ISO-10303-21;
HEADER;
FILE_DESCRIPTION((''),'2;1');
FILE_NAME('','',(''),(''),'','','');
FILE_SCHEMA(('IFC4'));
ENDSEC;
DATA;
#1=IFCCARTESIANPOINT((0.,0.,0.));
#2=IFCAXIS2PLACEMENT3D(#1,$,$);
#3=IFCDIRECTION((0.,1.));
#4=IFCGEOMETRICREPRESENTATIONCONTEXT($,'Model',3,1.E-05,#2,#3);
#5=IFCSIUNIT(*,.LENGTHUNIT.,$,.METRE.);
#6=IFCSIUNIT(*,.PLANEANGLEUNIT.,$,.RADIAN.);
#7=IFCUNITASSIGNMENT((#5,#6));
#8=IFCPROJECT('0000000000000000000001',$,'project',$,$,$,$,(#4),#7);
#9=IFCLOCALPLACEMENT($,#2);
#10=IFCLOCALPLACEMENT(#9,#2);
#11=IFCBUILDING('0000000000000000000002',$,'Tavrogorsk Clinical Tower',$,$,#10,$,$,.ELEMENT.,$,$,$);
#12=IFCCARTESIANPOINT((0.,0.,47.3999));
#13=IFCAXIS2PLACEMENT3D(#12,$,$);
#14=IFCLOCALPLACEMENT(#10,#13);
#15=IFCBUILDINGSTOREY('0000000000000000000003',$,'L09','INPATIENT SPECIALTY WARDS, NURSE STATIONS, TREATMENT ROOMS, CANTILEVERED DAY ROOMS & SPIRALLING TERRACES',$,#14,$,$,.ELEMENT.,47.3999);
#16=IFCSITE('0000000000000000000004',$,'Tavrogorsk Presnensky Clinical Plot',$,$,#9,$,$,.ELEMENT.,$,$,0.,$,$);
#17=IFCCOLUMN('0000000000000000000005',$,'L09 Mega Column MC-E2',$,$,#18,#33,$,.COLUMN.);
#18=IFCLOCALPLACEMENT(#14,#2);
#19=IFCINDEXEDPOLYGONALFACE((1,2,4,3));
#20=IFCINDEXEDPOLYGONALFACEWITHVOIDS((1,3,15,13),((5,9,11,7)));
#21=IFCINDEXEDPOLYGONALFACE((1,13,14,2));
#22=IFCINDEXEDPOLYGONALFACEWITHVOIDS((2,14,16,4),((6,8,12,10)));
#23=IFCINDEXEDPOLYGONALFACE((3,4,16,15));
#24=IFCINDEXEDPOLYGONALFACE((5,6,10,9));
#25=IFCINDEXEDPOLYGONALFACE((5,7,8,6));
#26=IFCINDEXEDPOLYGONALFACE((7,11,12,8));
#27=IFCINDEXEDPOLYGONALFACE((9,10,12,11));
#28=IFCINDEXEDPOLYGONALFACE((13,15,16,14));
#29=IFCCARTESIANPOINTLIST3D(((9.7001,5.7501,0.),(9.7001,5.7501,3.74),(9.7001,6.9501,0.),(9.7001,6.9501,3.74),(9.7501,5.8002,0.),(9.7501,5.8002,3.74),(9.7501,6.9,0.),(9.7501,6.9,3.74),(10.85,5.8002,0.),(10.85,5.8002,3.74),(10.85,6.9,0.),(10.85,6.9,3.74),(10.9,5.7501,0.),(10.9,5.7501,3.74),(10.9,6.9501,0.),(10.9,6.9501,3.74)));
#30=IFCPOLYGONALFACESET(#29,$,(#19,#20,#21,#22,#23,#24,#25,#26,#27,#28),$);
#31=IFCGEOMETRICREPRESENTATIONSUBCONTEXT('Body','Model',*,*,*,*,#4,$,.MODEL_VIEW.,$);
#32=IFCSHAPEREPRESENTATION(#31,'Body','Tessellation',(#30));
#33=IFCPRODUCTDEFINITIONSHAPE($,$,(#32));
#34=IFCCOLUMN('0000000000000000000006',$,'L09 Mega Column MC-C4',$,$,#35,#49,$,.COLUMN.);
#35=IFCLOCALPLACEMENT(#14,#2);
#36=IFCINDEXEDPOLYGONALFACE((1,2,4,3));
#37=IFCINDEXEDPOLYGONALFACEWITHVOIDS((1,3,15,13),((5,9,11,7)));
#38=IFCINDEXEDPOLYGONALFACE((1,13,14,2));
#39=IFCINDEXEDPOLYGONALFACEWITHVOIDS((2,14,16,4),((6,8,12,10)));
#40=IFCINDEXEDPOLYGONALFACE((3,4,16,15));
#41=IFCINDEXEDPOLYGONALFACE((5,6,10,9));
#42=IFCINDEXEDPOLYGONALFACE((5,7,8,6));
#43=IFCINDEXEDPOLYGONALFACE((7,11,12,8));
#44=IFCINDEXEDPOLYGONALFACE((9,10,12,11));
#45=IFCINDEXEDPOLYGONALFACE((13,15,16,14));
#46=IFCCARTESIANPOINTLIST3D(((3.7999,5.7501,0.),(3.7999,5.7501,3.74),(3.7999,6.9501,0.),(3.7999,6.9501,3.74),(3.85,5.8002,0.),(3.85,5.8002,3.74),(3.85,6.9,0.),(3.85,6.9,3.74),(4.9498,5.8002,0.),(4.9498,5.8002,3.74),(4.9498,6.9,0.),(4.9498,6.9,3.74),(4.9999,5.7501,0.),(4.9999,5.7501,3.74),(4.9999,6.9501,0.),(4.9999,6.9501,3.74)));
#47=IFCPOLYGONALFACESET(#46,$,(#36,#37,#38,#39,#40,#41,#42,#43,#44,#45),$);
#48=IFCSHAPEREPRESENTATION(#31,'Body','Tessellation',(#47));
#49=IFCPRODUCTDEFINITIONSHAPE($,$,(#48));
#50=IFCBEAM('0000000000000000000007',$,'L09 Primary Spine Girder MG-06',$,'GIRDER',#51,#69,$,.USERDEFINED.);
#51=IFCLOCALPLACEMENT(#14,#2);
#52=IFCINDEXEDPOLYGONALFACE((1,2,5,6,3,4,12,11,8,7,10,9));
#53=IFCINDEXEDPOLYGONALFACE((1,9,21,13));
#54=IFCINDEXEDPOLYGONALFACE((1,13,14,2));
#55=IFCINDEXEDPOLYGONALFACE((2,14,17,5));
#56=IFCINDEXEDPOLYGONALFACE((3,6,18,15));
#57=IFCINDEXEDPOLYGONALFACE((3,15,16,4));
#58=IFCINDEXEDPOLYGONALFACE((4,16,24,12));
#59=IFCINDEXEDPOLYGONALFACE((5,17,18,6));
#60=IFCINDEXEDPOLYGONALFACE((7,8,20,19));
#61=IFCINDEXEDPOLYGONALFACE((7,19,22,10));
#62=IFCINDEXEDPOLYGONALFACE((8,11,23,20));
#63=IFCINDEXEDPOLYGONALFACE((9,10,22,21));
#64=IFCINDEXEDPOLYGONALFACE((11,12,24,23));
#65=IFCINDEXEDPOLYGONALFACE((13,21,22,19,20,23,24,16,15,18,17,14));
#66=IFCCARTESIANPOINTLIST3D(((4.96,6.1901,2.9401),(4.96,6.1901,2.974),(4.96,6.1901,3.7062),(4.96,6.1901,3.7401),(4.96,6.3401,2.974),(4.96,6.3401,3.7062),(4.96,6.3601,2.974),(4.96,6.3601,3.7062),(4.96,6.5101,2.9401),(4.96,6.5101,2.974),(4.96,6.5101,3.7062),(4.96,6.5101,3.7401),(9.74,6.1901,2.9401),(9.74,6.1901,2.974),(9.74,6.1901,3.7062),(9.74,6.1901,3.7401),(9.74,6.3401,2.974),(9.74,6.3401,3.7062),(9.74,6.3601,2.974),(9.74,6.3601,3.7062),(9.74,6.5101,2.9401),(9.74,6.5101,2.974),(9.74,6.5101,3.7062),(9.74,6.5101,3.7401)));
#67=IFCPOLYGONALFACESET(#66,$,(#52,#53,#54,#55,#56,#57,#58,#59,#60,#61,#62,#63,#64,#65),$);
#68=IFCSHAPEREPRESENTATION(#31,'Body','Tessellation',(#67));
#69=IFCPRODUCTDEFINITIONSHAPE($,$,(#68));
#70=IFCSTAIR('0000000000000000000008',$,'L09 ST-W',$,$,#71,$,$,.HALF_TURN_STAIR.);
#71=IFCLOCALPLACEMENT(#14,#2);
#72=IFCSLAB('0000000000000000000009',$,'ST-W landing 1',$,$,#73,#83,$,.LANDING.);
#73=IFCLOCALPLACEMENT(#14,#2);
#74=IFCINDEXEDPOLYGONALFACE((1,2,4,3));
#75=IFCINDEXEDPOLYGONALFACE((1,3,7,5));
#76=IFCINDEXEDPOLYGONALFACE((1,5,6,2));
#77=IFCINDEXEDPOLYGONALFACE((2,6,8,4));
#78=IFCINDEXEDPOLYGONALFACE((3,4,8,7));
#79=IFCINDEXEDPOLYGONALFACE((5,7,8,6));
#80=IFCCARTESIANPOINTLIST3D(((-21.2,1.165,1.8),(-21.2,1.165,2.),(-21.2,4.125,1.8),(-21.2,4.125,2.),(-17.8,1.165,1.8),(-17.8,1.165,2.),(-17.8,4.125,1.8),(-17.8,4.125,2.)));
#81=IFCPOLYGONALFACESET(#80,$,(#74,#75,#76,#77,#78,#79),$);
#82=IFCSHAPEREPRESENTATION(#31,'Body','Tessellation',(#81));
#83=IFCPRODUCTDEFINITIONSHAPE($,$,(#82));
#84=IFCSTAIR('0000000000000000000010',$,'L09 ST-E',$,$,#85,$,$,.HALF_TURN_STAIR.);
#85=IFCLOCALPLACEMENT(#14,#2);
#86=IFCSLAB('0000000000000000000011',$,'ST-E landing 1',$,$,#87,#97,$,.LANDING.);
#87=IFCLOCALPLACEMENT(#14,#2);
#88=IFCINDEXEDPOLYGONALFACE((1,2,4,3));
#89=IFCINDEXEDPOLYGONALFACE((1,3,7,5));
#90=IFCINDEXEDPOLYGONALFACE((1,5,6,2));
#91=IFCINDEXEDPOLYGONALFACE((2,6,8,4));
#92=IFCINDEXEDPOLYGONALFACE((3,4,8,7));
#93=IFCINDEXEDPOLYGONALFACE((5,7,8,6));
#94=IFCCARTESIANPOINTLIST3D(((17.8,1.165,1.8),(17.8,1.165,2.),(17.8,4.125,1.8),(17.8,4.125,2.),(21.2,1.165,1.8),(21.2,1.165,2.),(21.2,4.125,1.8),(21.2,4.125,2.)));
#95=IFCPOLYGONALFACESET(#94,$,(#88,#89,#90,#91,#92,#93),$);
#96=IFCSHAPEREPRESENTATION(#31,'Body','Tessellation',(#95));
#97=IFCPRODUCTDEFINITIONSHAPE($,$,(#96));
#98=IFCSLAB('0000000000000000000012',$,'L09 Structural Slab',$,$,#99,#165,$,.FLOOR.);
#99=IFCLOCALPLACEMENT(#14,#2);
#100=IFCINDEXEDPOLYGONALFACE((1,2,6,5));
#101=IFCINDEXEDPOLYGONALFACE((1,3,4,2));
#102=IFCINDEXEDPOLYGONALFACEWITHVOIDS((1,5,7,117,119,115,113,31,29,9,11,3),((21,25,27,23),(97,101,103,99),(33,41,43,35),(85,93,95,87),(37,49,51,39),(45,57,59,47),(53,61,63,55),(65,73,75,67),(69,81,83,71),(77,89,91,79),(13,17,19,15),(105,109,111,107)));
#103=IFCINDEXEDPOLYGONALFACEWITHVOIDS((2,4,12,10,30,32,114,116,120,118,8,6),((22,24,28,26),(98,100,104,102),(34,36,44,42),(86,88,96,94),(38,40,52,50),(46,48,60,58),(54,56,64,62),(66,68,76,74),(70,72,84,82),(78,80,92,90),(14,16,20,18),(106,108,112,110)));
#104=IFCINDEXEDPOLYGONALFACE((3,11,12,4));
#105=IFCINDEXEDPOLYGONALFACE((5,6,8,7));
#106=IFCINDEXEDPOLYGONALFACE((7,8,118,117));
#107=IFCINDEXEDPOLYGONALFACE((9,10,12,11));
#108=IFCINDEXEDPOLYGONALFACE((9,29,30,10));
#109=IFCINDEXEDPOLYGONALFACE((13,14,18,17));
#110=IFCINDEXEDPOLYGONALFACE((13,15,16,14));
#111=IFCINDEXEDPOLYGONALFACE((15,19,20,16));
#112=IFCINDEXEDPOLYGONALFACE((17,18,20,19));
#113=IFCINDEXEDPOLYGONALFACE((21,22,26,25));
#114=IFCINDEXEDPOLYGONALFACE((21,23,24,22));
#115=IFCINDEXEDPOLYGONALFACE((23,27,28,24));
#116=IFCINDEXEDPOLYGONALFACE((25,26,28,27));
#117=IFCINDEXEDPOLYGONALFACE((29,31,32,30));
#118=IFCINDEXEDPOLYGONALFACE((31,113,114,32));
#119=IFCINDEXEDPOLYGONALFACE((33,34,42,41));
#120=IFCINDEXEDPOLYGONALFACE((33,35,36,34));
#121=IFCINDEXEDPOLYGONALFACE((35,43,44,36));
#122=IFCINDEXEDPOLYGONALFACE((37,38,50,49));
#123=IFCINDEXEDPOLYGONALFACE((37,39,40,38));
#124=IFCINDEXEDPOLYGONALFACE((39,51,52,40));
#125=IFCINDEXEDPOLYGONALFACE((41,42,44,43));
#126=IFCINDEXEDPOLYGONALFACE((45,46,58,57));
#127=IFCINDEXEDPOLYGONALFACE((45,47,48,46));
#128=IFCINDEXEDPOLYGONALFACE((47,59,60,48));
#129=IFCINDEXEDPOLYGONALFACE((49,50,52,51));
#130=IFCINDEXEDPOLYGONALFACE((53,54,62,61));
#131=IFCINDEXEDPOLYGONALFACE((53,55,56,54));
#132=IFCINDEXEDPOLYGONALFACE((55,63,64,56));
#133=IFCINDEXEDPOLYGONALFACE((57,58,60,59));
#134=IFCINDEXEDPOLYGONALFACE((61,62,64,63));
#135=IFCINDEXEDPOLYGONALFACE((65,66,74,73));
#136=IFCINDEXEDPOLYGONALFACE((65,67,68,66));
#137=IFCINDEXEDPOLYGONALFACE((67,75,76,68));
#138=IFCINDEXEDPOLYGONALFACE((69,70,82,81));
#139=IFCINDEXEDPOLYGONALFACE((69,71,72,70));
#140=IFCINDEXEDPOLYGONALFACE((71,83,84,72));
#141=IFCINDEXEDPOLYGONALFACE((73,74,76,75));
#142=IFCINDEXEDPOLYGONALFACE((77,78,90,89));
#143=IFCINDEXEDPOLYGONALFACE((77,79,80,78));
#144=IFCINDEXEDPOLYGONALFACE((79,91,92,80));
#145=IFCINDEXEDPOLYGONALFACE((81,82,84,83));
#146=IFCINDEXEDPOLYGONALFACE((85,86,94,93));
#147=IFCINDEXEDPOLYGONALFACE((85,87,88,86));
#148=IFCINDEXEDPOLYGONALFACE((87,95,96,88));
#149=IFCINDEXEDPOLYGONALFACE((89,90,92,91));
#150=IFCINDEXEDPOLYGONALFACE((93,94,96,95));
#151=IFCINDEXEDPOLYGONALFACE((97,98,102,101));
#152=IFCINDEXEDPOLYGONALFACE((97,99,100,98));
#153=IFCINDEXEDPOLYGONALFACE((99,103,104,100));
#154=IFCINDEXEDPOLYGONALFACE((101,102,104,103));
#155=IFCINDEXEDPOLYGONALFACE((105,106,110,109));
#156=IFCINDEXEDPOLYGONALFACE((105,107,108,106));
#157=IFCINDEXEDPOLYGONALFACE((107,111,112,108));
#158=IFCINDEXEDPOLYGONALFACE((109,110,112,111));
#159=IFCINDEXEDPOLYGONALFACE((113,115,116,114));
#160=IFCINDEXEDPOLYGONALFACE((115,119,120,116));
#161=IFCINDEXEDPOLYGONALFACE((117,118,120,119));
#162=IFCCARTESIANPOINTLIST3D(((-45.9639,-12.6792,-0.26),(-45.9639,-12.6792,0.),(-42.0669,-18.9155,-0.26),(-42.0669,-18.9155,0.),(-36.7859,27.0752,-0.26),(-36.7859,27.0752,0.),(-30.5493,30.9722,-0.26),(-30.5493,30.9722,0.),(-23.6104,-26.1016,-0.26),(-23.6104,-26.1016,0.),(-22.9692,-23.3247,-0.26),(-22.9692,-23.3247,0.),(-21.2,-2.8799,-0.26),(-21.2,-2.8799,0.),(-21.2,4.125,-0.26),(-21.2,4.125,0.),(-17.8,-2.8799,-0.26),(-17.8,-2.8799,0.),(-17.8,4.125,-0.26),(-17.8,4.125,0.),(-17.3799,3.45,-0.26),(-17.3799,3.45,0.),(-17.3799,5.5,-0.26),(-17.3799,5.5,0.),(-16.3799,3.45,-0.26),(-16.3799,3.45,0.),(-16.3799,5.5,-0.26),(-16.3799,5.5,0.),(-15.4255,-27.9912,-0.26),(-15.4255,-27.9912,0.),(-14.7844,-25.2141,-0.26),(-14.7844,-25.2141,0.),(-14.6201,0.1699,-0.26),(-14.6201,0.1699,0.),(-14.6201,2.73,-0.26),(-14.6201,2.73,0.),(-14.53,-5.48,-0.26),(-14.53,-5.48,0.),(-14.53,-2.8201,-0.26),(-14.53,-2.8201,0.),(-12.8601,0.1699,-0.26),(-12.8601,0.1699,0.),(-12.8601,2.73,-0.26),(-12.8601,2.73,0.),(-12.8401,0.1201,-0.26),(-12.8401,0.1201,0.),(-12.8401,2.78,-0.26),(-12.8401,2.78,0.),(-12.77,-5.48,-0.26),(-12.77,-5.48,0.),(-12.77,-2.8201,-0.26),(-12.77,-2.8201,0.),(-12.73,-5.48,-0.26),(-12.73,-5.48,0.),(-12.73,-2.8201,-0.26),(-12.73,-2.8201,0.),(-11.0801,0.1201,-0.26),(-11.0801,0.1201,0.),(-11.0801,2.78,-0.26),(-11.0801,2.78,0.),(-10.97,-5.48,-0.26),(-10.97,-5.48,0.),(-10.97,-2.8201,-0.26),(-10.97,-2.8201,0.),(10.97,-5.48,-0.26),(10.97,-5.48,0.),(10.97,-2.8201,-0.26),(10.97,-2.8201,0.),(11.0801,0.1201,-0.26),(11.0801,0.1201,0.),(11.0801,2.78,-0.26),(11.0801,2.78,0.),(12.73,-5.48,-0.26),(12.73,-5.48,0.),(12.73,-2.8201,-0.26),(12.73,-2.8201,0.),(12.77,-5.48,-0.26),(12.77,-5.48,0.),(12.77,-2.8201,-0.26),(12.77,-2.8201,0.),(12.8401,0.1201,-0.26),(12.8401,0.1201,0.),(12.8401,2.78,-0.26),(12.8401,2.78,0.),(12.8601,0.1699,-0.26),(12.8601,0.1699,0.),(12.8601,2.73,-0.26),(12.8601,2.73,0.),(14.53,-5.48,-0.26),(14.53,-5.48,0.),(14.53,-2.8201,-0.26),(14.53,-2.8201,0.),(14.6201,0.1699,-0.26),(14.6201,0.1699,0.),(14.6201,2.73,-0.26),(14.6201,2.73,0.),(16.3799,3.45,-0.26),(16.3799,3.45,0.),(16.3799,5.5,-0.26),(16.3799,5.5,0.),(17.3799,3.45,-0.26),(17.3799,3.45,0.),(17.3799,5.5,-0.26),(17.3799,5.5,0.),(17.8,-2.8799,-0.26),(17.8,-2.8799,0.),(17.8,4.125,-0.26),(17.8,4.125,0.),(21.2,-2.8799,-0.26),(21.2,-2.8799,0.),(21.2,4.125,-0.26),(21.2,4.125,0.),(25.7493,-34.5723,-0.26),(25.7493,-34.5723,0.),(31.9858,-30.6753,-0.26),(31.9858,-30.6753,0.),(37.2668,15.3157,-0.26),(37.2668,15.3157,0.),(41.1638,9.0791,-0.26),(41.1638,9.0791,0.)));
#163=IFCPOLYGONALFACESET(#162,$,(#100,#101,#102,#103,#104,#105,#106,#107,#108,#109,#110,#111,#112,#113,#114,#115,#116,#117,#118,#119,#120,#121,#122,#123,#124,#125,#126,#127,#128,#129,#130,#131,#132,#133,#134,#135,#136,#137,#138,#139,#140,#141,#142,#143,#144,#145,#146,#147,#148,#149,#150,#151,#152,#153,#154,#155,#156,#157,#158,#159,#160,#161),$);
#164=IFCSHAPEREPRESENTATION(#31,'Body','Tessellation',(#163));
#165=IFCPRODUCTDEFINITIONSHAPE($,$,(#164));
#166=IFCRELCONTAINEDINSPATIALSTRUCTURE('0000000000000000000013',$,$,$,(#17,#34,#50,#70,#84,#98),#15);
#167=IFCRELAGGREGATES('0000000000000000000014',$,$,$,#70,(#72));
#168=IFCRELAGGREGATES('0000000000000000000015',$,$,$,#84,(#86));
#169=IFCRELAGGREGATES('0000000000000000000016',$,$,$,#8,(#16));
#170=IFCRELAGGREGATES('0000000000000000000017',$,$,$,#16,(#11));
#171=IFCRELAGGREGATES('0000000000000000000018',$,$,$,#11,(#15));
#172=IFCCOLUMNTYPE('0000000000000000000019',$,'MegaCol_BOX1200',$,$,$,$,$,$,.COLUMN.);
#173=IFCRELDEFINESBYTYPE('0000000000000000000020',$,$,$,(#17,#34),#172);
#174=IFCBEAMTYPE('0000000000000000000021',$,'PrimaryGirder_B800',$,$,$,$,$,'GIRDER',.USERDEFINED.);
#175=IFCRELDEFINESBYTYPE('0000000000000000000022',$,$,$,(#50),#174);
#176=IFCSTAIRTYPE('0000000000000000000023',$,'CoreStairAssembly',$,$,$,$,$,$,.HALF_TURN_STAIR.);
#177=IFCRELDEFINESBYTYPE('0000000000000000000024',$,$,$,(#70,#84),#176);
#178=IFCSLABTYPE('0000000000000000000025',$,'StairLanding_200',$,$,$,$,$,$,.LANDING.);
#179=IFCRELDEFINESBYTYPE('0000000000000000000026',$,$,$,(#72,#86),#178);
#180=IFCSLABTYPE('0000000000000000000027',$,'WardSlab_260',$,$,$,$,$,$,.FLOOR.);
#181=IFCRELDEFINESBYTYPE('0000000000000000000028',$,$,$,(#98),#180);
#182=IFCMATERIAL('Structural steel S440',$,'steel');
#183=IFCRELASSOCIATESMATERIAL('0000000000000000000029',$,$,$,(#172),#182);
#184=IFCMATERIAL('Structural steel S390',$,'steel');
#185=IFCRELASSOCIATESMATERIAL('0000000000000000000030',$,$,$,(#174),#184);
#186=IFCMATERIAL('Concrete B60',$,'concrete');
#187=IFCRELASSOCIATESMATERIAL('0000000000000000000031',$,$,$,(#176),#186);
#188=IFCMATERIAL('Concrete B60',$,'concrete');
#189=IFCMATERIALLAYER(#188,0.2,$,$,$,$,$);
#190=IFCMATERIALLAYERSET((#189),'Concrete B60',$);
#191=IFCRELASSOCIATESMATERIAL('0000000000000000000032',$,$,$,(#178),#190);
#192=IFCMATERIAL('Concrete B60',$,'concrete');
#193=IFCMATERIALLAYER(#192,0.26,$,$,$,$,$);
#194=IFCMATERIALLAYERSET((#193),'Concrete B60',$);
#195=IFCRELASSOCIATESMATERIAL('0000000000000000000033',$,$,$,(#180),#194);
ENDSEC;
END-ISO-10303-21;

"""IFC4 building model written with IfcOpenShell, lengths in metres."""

from ifc_helpers import new_model, si_unit, direction, frame, origin, origin_2d, place, context, subcontext, project, spatial, polyline, hollow_rectangle, i_section, outline, extrude, material, layer, layer_set, material_profile, profile_set, type_object, element, aggregate, save


model = new_model("IFC4")

# Units and contexts
model_context = context("Model", 3, precision=1e-05, world=origin(), true_north=direction((0.0, 1.0)))
body_context = subcontext(model_context, "Body", "Model", "MODEL_VIEW")
ifc_project = project(units=[si_unit("LENGTHUNIT", "METRE"), si_unit("PLANEANGLEUNIT", "RADIAN")], contexts=[model_context])

# Site, building, storey
site_placement = place(None, origin())
site = spatial("IfcSite", under=ifc_project, at=site_placement, Name="Tavrogorsk Presnensky Clinical Plot", CompositionType="ELEMENT", RefElevation=0.0)
building_placement = place(site_placement, origin())
building = spatial("IfcBuilding", under=site, at=building_placement, Name="Tavrogorsk Clinical Tower", CompositionType="ELEMENT")
storey_placement = place(building_placement, frame((0.0, 0.0, 47.3999)))
storey = spatial("IfcBuildingStorey", under=building, at=storey_placement, Name="L09", Description="INPATIENT SPECIALTY WARDS, NURSE STATIONS, TREATMENT ROOMS, CANTILEVERED DAY ROOMS & SPIRALLING TERRACES", CompositionType="ELEMENT", Elevation=47.3999)

# Columns
ifc_material_1 = material(Name="Structural steel S440", Category="steel")
ifc_material_profile_1 = material_profile(ifc_material_1, hollow_rectangle(XDim=1.2, YDim=1.2, WallThickness=0.05, at=origin_2d()), Name="BOX-1200x1200x50")
ifc_profile_set_1 = profile_set([ifc_material_profile_1], Name="Structural steel S440")
column_type = type_object("IfcColumnType", Name="MegaCol_BOX1200", PredefinedType="COLUMN", material=ifc_profile_set_1)
for number, where, z_axis, x_axis, name in (
    (1, (10.3, 6.3501, 0.0), (0.0, 0.0, 1.0), (1.0, 0.0, 0.0), "L09 Mega Column MC-E2"),
    (2, (4.3999, 6.3501, 0.0), (0.0, 0.0, 1.0), (1.0, 0.0, 0.0), "L09 Mega Column MC-C4"),
):
    element("IfcColumn", number, at=place(storey_placement, frame(where, z_axis=z_axis, x_axis=x_axis)), inside=storey, type_object=column_type, Name=name, PredefinedType="COLUMN", context=body_context, shape_type="SweptSolid", body=[
        extrude(hollow_rectangle(XDim=1.2, YDim=1.2, WallThickness=0.05, at=origin_2d()), origin(), (0.0, 0.0, 1.0), 3.74),
    ])

# Beam
ifc_material_2 = material(Name="Structural steel S390", Category="steel")
ifc_material_profile_2 = material_profile(ifc_material_2, i_section(OverallWidth=0.3201, OverallDepth=0.8, WebThickness=0.02, FlangeThickness=0.0339, at=origin_2d()), Name="B-800x320x20x34")
ifc_profile_set_2 = profile_set([ifc_material_profile_2], Name="Structural steel S390")
beam_type = type_object("IfcBeamType", Name="PrimaryGirder_B800", ElementType="GIRDER", PredefinedType="USERDEFINED", material=ifc_profile_set_2)
beam_placement = place(storey_placement, frame((4.96, 6.3501, 3.3401), z_axis=(1.0, 0.0, 0.0), x_axis=(0.0, 1.0, 0.0)))
element("IfcBeam", 3, at=beam_placement, inside=storey, type_object=beam_type, Name="L09 Primary Spine Girder MG-06", ObjectType="GIRDER", PredefinedType="USERDEFINED", context=body_context, shape_type="SweptSolid", body=[
    extrude(i_section(OverallWidth=0.3201, OverallDepth=0.8, WebThickness=0.02, FlangeThickness=0.0339, at=origin_2d()), origin(), (0.0, 0.0, 1.0), 4.78),
])

# Stairs, slabs
ifc_material_3 = material(Name="Concrete B60", Category="concrete")
stair_type = type_object("IfcStairType", Name="CoreStairAssembly", PredefinedType="HALF_TURN_STAIR", material=ifc_material_3)
stair_1_placement = place(storey_placement, origin())
stair_1 = element("IfcStair", 4, at=stair_1_placement, inside=storey, type_object=stair_type, Name="L09 ST-W", PredefinedType="HALF_TURN_STAIR")
ifc_material_4 = material(Name="Concrete B60", Category="concrete")
ifc_layer_1 = layer(ifc_material_4, 0.2)
ifc_layer_set_1 = layer_set([ifc_layer_1], Name="Concrete B60")
slab_type_1 = type_object("IfcSlabType", Name="StairLanding_200", PredefinedType="LANDING", material=ifc_layer_set_1)
slab_1_placement = place(storey_placement, frame((0.0, 0.0, 1.8)))
slab_1 = element("IfcSlab", 5, at=slab_1_placement, type_object=slab_type_1, Name="ST-W landing 1", PredefinedType="LANDING", context=body_context, shape_type="SweptSolid", body=[
    extrude(outline(polyline([(-17.8, 1.165), (-17.8, 4.125), (-21.2, 4.125), (-21.2, 1.165), (-17.8, 1.165)])), origin(), (0.0, 0.0, 1.0), 0.2),
])
aggregate(stair_1, [slab_1])
stair_2_placement = place(storey_placement, origin())
stair_2 = element("IfcStair", 6, at=stair_2_placement, inside=storey, type_object=stair_type, Name="L09 ST-E", PredefinedType="HALF_TURN_STAIR")
slab_2_placement = place(storey_placement, frame((0.0, 0.0, 1.8)))
slab_2 = element("IfcSlab", 7, at=slab_2_placement, type_object=slab_type_1, Name="ST-E landing 1", PredefinedType="LANDING", context=body_context, shape_type="SweptSolid", body=[
    extrude(outline(polyline([(21.2, 1.165), (21.2, 4.125), (17.8, 4.125), (17.8, 1.165), (21.2, 1.165)])), origin(), (0.0, 0.0, 1.0), 0.2),
])
aggregate(stair_2, [slab_2])

# Slab
ifc_material_5 = material(Name="Concrete B60", Category="concrete")
ifc_layer_2 = layer(ifc_material_5, 0.26)
ifc_layer_set_2 = layer_set([ifc_layer_2], Name="Concrete B60")
slab_type_2 = type_object("IfcSlabType", Name="WardSlab_260", PredefinedType="FLOOR", material=ifc_layer_set_2)
slab_3_placement = place(storey_placement, frame((0.0, 0.0, -0.26)))
element("IfcSlab", 8, at=slab_3_placement, inside=storey, type_object=slab_type_2, Name="L09 Structural Slab", PredefinedType="FLOOR", context=body_context, shape_type="SweptSolid", body=[
    extrude(outline(polyline([(-42.0669, -18.9155), (-45.9639, -12.6792), (-36.7859, 27.0752), (-30.5493, 30.9722), (37.2668, 15.3157), (41.1638, 9.0791), (31.9858, -30.6753), (25.7493, -34.5723), (-14.7844, -25.2141), (-15.4255, -27.9912), (-23.6104, -26.1016), (-22.9692, -23.3247), (-42.0669, -18.9155)]), holes=[polyline([(-17.8, -2.8799), (-17.8, 4.125), (-21.2, 4.125), (-21.2, -2.8799), (-17.8, -2.8799)]), polyline([(21.2, -2.8799), (21.2, 4.125), (17.8, 4.125), (17.8, -2.8799), (21.2, -2.8799)]), polyline([(-14.6201, 0.1699), (-12.8601, 0.1699), (-12.8601, 2.73), (-14.6201, 2.73), (-14.6201, 0.1699)]), polyline([(-14.53, -5.48), (-12.77, -5.48), (-12.77, -2.8201), (-14.53, -2.8201), (-14.53, -5.48)]), polyline([(-12.73, -5.48), (-10.97, -5.48), (-10.97, -2.8201), (-12.73, -2.8201), (-12.73, -5.48)]), polyline([(-12.8401, 0.1201), (-11.0801, 0.1201), (-11.0801, 2.78), (-12.8401, 2.78), (-12.8401, 0.1201)]), polyline([(12.8601, 0.1699), (14.6201, 0.1699), (14.6201, 2.73), (12.8601, 2.73), (12.8601, 0.1699)]), polyline([(12.77, -5.48), (14.53, -5.48), (14.53, -2.8201), (12.77, -2.8201), (12.77, -5.48)]), polyline([(10.97, -5.48), (12.73, -5.48), (12.73, -2.8201), (10.97, -2.8201), (10.97, -5.48)]), polyline([(11.0801, 0.1201), (12.8401, 0.1201), (12.8401, 2.78), (11.0801, 2.78), (11.0801, 0.1201)]), polyline([(-17.3799, 3.45), (-16.3799, 3.45), (-16.3799, 5.5), (-17.3799, 5.5), (-17.3799, 3.45)]), polyline([(16.3799, 3.45), (17.3799, 3.45), (17.3799, 5.5), (16.3799, 5.5), (16.3799, 3.45)])]), origin(), (0.0, 0.0, 1.0), 0.26),
])

save(model, "model.ifc")
